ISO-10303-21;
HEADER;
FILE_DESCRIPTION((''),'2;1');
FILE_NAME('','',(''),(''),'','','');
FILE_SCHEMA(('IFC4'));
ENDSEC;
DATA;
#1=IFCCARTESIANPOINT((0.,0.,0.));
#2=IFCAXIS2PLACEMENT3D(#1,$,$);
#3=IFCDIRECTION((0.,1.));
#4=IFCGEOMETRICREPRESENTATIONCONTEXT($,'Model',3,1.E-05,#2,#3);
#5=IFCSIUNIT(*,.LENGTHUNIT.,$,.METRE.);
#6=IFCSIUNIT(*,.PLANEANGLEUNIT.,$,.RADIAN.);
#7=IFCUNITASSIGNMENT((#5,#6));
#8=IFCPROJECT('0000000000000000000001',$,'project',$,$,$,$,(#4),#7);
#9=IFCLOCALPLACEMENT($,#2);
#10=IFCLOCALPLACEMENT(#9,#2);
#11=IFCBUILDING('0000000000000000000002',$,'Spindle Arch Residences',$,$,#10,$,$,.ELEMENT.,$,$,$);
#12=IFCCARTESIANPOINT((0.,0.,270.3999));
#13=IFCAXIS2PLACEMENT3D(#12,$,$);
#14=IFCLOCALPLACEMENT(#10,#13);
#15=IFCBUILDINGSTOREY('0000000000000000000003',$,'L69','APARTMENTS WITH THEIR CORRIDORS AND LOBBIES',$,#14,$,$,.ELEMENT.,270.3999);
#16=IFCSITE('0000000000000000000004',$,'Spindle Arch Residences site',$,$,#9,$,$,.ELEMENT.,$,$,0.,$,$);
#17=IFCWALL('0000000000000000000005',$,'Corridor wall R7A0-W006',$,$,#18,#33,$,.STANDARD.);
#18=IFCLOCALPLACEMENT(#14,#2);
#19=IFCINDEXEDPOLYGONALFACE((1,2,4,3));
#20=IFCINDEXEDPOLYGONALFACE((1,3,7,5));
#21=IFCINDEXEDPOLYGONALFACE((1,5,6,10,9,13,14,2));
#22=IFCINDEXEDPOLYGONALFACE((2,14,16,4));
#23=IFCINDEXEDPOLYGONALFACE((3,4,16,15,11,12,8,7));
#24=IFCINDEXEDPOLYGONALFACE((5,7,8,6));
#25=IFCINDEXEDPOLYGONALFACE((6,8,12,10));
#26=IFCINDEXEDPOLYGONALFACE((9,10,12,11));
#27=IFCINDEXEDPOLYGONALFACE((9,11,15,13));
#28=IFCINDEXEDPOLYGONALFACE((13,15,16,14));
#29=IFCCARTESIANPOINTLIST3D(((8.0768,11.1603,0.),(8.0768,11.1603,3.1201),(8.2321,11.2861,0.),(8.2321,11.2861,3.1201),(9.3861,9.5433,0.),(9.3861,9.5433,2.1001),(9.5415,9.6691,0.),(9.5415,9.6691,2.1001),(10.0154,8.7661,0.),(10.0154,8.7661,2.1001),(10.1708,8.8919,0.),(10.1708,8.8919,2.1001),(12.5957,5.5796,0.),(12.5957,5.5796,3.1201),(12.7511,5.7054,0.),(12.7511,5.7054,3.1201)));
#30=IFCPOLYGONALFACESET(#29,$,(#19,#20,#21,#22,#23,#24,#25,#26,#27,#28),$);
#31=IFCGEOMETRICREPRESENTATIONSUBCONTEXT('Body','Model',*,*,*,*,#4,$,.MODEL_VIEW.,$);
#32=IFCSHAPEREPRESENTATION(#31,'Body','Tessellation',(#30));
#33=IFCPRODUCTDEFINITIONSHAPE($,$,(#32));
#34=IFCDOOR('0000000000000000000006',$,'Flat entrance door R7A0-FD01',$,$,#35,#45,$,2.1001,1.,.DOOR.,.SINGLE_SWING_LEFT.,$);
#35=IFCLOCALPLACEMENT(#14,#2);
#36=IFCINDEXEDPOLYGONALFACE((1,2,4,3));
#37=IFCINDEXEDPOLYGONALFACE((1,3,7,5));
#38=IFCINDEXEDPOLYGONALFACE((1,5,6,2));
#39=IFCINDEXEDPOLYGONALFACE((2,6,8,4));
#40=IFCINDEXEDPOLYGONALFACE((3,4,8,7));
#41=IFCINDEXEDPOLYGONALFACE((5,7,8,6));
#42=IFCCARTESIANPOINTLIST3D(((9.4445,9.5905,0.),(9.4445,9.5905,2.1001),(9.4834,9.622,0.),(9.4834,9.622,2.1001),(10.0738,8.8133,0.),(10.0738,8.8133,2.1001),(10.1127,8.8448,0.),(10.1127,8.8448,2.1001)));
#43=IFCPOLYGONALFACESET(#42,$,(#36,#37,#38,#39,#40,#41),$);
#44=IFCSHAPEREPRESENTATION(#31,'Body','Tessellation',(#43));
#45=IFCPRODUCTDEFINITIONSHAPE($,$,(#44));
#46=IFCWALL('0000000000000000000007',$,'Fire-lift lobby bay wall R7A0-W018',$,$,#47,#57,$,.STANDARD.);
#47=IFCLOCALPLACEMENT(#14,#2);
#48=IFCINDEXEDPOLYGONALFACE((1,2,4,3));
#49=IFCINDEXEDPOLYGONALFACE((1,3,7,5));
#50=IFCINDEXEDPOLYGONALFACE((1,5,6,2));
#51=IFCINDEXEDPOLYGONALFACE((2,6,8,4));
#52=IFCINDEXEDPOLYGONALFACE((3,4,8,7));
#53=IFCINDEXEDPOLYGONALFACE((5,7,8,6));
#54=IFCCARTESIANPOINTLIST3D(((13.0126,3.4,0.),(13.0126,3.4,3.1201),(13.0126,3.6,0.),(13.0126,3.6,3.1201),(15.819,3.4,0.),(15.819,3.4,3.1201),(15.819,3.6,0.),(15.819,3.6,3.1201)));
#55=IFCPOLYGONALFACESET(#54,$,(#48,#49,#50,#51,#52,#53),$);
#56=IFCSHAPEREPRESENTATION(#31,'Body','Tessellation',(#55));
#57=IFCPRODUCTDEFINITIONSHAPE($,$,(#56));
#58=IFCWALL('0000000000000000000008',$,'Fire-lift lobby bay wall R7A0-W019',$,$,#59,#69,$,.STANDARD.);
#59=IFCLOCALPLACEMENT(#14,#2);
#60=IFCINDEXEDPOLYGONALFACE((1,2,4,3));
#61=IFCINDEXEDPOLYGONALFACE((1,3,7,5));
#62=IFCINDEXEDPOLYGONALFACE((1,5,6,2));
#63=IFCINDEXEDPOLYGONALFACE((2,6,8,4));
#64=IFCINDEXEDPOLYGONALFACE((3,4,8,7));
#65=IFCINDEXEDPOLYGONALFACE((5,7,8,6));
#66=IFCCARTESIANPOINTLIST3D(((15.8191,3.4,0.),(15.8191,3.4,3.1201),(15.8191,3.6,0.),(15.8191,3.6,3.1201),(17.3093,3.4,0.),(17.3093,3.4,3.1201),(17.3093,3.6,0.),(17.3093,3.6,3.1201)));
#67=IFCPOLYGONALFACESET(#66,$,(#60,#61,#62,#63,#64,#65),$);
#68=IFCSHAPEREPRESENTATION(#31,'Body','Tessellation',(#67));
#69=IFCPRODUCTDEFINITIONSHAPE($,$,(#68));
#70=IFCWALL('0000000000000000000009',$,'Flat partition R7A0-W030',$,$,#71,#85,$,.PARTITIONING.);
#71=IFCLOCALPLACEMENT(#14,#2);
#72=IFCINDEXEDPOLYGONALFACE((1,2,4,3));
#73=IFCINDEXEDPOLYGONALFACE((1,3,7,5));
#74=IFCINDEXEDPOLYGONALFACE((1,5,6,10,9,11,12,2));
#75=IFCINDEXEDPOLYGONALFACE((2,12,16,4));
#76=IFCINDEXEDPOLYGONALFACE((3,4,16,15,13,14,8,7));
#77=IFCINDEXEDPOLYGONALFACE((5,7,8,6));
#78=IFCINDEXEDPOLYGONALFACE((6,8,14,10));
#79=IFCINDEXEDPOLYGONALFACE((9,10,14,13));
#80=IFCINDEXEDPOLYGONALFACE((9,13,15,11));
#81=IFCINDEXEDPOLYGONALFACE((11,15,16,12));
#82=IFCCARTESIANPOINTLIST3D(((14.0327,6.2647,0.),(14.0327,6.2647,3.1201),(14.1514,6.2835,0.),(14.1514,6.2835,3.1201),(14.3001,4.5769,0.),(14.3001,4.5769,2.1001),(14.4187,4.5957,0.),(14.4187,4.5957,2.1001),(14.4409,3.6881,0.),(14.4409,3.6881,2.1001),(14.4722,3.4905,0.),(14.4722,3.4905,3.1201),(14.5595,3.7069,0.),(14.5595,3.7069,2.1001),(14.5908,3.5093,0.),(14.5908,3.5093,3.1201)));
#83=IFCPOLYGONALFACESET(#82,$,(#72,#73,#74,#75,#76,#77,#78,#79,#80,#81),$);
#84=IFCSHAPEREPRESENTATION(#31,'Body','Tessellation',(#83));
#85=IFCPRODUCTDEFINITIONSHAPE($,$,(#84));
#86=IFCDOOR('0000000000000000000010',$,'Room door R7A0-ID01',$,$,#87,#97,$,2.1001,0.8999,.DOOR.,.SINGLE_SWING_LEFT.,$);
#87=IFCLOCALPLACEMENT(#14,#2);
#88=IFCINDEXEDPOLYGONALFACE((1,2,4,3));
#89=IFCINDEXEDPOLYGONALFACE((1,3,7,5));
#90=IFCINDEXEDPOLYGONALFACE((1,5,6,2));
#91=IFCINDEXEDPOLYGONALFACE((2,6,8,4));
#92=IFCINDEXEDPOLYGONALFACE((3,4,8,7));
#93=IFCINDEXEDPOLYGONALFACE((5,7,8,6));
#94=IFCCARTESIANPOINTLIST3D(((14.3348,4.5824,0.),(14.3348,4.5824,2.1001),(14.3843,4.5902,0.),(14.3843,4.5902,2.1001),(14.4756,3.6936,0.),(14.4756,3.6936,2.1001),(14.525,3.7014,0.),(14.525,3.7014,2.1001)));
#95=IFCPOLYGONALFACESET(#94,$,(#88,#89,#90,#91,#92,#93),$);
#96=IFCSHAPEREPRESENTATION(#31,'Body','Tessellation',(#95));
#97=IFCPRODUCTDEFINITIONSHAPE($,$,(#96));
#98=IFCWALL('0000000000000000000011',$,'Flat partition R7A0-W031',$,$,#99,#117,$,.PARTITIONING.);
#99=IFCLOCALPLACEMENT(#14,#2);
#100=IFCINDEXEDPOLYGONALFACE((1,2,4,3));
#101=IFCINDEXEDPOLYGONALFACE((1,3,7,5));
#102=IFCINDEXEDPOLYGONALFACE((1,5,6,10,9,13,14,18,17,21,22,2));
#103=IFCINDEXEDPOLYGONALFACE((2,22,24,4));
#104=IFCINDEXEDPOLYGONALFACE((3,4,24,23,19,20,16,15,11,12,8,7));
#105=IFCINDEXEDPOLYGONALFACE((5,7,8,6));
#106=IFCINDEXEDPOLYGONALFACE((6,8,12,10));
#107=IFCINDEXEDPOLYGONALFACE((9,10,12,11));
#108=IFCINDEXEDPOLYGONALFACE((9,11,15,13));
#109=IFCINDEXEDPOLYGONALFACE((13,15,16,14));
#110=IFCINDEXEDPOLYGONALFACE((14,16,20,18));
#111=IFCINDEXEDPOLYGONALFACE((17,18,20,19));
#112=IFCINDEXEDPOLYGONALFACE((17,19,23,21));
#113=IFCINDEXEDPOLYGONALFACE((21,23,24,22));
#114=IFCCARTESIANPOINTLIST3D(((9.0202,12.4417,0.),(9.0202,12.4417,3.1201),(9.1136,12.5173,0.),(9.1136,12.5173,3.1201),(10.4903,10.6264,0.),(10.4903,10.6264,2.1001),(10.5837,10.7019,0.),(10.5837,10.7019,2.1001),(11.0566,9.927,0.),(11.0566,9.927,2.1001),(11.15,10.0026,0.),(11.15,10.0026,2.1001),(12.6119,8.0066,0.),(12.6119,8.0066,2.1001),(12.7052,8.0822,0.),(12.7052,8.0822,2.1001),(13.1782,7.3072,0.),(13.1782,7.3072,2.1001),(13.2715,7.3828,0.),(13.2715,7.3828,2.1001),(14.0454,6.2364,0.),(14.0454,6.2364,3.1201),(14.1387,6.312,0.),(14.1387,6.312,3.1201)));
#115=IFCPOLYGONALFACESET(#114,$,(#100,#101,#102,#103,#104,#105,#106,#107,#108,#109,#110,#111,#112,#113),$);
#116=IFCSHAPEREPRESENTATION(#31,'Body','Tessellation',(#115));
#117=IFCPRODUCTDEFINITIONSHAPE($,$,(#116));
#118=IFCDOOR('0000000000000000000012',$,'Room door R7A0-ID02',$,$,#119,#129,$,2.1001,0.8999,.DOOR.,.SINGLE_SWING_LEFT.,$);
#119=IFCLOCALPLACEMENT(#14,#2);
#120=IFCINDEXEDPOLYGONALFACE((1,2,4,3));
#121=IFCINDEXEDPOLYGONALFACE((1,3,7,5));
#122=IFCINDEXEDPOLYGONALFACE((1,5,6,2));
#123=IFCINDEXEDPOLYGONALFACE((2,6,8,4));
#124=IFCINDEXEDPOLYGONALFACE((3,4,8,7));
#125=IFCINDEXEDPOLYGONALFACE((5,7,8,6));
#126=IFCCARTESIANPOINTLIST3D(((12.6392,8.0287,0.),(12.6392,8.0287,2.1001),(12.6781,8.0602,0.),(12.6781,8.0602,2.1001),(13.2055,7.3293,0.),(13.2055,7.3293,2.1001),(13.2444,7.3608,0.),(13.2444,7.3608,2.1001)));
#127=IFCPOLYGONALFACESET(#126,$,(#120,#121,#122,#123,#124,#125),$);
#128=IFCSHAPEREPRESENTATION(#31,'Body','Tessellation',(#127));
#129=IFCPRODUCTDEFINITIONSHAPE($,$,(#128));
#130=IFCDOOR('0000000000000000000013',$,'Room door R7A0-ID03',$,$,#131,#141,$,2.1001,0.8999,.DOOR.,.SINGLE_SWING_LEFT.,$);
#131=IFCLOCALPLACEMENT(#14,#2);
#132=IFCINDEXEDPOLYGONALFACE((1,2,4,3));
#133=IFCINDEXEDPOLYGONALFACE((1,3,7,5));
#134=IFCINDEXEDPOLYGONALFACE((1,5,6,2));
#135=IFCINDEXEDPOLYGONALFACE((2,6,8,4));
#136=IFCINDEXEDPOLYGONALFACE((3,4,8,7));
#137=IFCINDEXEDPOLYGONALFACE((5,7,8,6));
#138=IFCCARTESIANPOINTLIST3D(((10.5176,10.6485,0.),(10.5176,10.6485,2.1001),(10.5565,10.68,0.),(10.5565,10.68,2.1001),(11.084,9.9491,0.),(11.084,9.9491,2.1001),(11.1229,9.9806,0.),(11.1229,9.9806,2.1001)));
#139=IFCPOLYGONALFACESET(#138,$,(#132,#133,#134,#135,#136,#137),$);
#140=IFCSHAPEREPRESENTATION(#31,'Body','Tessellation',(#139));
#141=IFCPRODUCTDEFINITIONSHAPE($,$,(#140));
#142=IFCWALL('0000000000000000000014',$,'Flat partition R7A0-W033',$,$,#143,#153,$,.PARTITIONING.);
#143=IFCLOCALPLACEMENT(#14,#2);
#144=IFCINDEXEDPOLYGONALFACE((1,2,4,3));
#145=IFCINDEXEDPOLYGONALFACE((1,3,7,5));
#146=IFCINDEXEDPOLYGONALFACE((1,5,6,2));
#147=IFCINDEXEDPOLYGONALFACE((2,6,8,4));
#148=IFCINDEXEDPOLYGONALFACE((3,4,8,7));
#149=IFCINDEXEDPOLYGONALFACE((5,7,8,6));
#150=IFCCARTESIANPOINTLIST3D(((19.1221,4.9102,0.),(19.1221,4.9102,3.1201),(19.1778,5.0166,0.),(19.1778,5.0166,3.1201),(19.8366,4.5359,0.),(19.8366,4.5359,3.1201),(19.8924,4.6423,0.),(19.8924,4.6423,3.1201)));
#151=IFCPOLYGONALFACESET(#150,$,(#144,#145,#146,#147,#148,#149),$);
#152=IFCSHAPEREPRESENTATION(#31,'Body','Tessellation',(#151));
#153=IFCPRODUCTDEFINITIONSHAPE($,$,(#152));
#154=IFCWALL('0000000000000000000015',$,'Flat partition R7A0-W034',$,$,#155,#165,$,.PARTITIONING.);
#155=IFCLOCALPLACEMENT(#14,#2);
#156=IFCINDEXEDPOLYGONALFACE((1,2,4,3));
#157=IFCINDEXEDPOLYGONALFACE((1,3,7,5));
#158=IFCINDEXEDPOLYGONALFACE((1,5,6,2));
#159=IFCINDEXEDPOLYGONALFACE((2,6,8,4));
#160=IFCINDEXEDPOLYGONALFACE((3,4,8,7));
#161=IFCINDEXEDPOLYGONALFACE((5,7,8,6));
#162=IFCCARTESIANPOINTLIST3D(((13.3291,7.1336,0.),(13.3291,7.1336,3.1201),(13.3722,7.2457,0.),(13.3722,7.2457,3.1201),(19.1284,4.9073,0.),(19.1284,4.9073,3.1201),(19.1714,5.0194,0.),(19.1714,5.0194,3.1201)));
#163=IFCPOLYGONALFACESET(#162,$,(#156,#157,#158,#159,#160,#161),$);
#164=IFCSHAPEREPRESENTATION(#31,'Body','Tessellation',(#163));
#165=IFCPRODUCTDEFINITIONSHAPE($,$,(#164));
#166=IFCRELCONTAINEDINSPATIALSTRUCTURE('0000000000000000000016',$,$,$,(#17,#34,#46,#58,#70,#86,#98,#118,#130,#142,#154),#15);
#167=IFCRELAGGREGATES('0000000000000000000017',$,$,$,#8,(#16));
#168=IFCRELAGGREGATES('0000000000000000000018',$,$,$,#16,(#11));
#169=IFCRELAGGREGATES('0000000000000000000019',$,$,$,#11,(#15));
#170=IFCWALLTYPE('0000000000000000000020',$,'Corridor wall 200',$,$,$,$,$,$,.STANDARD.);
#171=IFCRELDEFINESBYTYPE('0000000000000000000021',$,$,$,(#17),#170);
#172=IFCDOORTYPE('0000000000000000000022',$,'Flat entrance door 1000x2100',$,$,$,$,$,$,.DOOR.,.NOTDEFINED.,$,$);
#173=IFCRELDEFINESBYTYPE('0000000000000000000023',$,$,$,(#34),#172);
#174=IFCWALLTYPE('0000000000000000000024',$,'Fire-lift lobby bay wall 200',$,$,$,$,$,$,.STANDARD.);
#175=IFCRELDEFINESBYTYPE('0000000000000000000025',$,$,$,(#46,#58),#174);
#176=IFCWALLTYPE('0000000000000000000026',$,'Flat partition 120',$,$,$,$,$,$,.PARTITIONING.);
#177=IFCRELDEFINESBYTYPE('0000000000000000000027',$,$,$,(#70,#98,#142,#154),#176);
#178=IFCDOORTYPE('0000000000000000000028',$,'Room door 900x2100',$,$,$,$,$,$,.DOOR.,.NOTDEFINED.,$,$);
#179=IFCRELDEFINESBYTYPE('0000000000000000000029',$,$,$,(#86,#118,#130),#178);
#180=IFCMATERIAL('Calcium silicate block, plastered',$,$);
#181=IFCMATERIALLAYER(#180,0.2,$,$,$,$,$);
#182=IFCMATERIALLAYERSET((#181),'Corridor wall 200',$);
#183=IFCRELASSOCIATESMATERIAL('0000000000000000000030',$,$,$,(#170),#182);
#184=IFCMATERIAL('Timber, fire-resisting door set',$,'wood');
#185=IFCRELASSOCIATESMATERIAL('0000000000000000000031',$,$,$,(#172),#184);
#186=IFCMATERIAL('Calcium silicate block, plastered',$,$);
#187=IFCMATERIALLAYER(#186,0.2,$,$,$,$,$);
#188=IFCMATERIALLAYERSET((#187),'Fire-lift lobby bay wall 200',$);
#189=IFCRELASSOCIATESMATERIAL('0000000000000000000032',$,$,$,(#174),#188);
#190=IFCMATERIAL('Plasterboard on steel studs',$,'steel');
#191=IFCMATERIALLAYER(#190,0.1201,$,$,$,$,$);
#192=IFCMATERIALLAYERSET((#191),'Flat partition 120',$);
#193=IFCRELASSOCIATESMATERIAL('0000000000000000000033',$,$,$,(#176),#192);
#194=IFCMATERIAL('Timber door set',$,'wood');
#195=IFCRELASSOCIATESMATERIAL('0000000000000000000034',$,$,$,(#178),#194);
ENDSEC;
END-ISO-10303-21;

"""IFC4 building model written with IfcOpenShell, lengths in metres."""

from ifc_helpers import new_model, si_unit, direction, frame, frame_2d, origin, place, context, subcontext, project, spatial, rectangle, extrude, material, layer, layer_set, type_object, element, fill, save


model = new_model("IFC4")

# Units and contexts
model_context = context("Model", 3, precision=1e-05, world=origin(), true_north=direction((0.0, 1.0)))
body_context = subcontext(model_context, "Body", "Model", "MODEL_VIEW")
ifc_project = project(units=[si_unit("LENGTHUNIT", "METRE"), si_unit("PLANEANGLEUNIT", "RADIAN")], contexts=[model_context])

# Site, building, storey
site_placement = place(None, origin())
site = spatial("IfcSite", under=ifc_project, at=site_placement, Name="Spindle Arch Residences site", CompositionType="ELEMENT", RefElevation=0.0)
building_placement = place(site_placement, origin())
building = spatial("IfcBuilding", under=site, at=building_placement, Name="Spindle Arch Residences", CompositionType="ELEMENT")
storey_placement = place(building_placement, frame((0.0, 0.0, 270.3999)))
storey = spatial("IfcBuildingStorey", under=building, at=storey_placement, Name="L69", Description="APARTMENTS WITH THEIR CORRIDORS AND LOBBIES", CompositionType="ELEMENT", Elevation=270.3999)

# Wall, opening, door
ifc_material_1 = material(Name="Calcium silicate block, plastered")
ifc_layer_1 = layer(ifc_material_1, 0.2)
ifc_layer_set_1 = layer_set([ifc_layer_1], Name="Corridor wall 200")
wall_type_1 = type_object("IfcWallType", Name="Corridor wall 200", PredefinedType="STANDARD", material=ifc_layer_set_1)
wall_1_placement = place(storey_placement, frame((12.6733, 5.6426, 0.0), z_axis=(0.0, 0.0, 1.0), x_axis=(-0.629303, 0.77716, 0.0)))
wall_1 = element("IfcWall", 1, at=wall_1_placement, inside=storey, type_object=wall_type_1, Name="Corridor wall R7A0-W006", PredefinedType="STANDARD", context=body_context, shape_type="SweptSolid", body=[
    extrude(rectangle(XDim=7.1809, YDim=0.2, at=frame_2d((3.5903, 0.0))), origin(), (0.0, 0.0, 1.0), 3.1201),
])
opening_1_placement = place(wall_1_placement, frame((4.1001, 0.0, 0.0)))
opening_1 = element("IfcOpeningElement", 2, at=opening_1_placement, cuts=wall_1, PredefinedType="OPENING", context=body_context, shape_type="SweptSolid", body=[
    extrude(rectangle(XDim=1.0, YDim=2.1001, at=frame_2d((0.5, 1.05))), frame((0.0, 0.1099, 0.0), z_axis=(0.0, -1.0, 0.0), x_axis=(1.0, 0.0, 0.0)), (0.0, 0.0, 1.0), 0.22),
])
ifc_material_2 = material(Name="Timber, fire-resisting door set", Category="wood")
door_type_1 = type_object("IfcDoorType", Name="Flat entrance door 1000x2100", OperationType="NOTDEFINED", PredefinedType="DOOR", material=ifc_material_2)
door_1_placement = place(opening_1_placement, origin())
door_1 = element("IfcDoor", 3, at=door_1_placement, inside=storey, type_object=door_type_1, Name="Flat entrance door R7A0-FD01", OperationType="SINGLE_SWING_LEFT", OverallHeight=2.1001, OverallWidth=1.0, PredefinedType="DOOR", context=body_context, shape_type="SweptSolid", body=[
    extrude(rectangle(XDim=1.0, YDim=2.1001, at=frame_2d((0.5, 1.05))), frame((0.0, 0.0249, 0.0), z_axis=(0.0, -1.0, 0.0), x_axis=(1.0, 0.0, 0.0)), (0.0, 0.0, 1.0), 0.05),
])
fill(opening_1, door_1)

# Walls
ifc_material_3 = material(Name="Calcium silicate block, plastered")
ifc_layer_2 = layer(ifc_material_3, 0.2)
ifc_layer_set_2 = layer_set([ifc_layer_2], Name="Fire-lift lobby bay wall 200")
wall_type_2 = type_object("IfcWallType", Name="Fire-lift lobby bay wall 200", PredefinedType="STANDARD", material=ifc_layer_set_2)
wall_2_placement = place(storey_placement, frame((15.8191, 3.5, 0.0), z_axis=(0.0, 0.0, 1.0), x_axis=(-1.0, 0.0, 0.0)))
element("IfcWall", 4, at=wall_2_placement, inside=storey, type_object=wall_type_2, Name="Fire-lift lobby bay wall R7A0-W018", PredefinedType="STANDARD", context=body_context, shape_type="SweptSolid", body=[
    extrude(rectangle(XDim=2.8064, YDim=0.2, at=frame_2d((1.4033, 0.0))), origin(), (0.0, 0.0, 1.0), 3.1201),
])
wall_3_placement = place(storey_placement, frame((17.3093, 3.5, 0.0), z_axis=(0.0, 0.0, 1.0), x_axis=(-1.0, 0.0, 0.0)))
element("IfcWall", 5, at=wall_3_placement, inside=storey, type_object=wall_type_2, Name="Fire-lift lobby bay wall R7A0-W019", PredefinedType="STANDARD", context=body_context, shape_type="SweptSolid", body=[
    extrude(rectangle(XDim=1.4902, YDim=0.2, at=frame_2d((0.7451, 0.0))), origin(), (0.0, 0.0, 1.0), 3.1201),
])

# Wall, opening, door
ifc_material_4 = material(Name="Plasterboard on steel studs", Category="steel")
ifc_layer_3 = layer(ifc_material_4, 0.1201)
ifc_layer_set_3 = layer_set([ifc_layer_3], Name="Flat partition 120")
wall_type_3 = type_object("IfcWallType", Name="Flat partition 120", PredefinedType="PARTITIONING", material=ifc_layer_set_3)
wall_4_placement = place(storey_placement, frame((14.5315, 3.5, 0.0), z_axis=(0.0, 0.0, 1.0), x_axis=(-0.156458, 0.987685, 0.0)))
wall_4 = element("IfcWall", 6, at=wall_4_placement, inside=storey, type_object=wall_type_3, Name="Flat partition R7A0-W030", PredefinedType="PARTITIONING", context=body_context, shape_type="SweptSolid", body=[
    extrude(rectangle(XDim=2.8088, YDim=0.1201, at=frame_2d((1.4043, 0.0))), origin(), (0.0, 0.0, 1.0), 3.1201),
])
opening_2_placement = place(wall_4_placement, frame((0.2, 0.0, 0.0)))
opening_2 = element("IfcOpeningElement", 7, at=opening_2_placement, cuts=wall_4, PredefinedType="OPENING", context=body_context, shape_type="SweptSolid", body=[
    extrude(rectangle(XDim=0.8999, YDim=2.1001, at=frame_2d((0.45, 1.05))), frame((0.0, 0.0701, 0.0), z_axis=(0.0, -1.0, 0.0), x_axis=(1.0, 0.0, 0.0)), (0.0, 0.0, 1.0), 0.1401),
])
ifc_material_5 = material(Name="Timber door set", Category="wood")
door_type_2 = type_object("IfcDoorType", Name="Room door 900x2100", OperationType="NOTDEFINED", PredefinedType="DOOR", material=ifc_material_5)
door_2_placement = place(opening_2_placement, origin())
door_2 = element("IfcDoor", 8, at=door_2_placement, inside=storey, type_object=door_type_2, Name="Room door R7A0-ID01", OperationType="SINGLE_SWING_LEFT", OverallHeight=2.1001, OverallWidth=0.8999, PredefinedType="DOOR", context=body_context, shape_type="SweptSolid", body=[
    extrude(rectangle(XDim=0.8999, YDim=2.1001, at=frame_2d((0.45, 1.05))), frame((0.0, 0.0249, 0.0), z_axis=(0.0, -1.0, 0.0), x_axis=(1.0, 0.0, 0.0)), (0.0, 0.0, 1.0), 0.05),
])
fill(opening_2, door_2)

# Wall, openings, doors
wall_5_placement = place(storey_placement, frame((14.092, 6.2742, 0.0), z_axis=(0.0, 0.0, 1.0), x_axis=(-0.629334, 0.777135, 0.0)))
wall_5 = element("IfcWall", 9, at=wall_5_placement, inside=storey, type_object=wall_type_3, Name="Flat partition R7A0-W031", PredefinedType="PARTITIONING", context=body_context, shape_type="SweptSolid", body=[
    extrude(rectangle(XDim=7.9849, YDim=0.1201, at=frame_2d((3.9924, 0.0))), origin(), (0.0, 0.0, 1.0), 3.1201),
])
opening_3_placement = place(wall_5_placement, frame((1.3779, 0.0, 0.0)))
opening_3 = element("IfcOpeningElement", 10, at=opening_3_placement, cuts=wall_5, PredefinedType="OPENING", context=body_context, shape_type="SweptSolid", body=[
    extrude(rectangle(XDim=0.8999, YDim=2.1001, at=frame_2d((0.45, 1.05))), frame((0.0, 0.0701, 0.0), z_axis=(0.0, -1.0, 0.0), x_axis=(1.0, 0.0, 0.0)), (0.0, 0.0, 1.0), 0.1401),
])
opening_4_placement = place(wall_5_placement, frame((4.749, 0.0, 0.0)))
opening_4 = element("IfcOpeningElement", 11, at=opening_4_placement, cuts=wall_5, PredefinedType="OPENING", context=body_context, shape_type="SweptSolid", body=[
    extrude(rectangle(XDim=0.8999, YDim=2.1001, at=frame_2d((0.45, 1.05))), frame((0.0, 0.0701, 0.0), z_axis=(0.0, -1.0, 0.0), x_axis=(1.0, 0.0, 0.0)), (0.0, 0.0, 1.0), 0.1401),
])
door_3_placement = place(opening_3_placement, origin())
door_3 = element("IfcDoor", 12, at=door_3_placement, inside=storey, type_object=door_type_2, Name="Room door R7A0-ID02", OperationType="SINGLE_SWING_LEFT", OverallHeight=2.1001, OverallWidth=0.8999, PredefinedType="DOOR", context=body_context, shape_type="SweptSolid", body=[
    extrude(rectangle(XDim=0.8999, YDim=2.1001, at=frame_2d((0.45, 1.05))), frame((0.0, 0.0249, 0.0), z_axis=(0.0, -1.0, 0.0), x_axis=(1.0, 0.0, 0.0)), (0.0, 0.0, 1.0), 0.05),
])
fill(opening_3, door_3)
door_4_placement = place(opening_4_placement, origin())
door_4 = element("IfcDoor", 13, at=door_4_placement, inside=storey, type_object=door_type_2, Name="Room door R7A0-ID03", OperationType="SINGLE_SWING_LEFT", OverallHeight=2.1001, OverallWidth=0.8999, PredefinedType="DOOR", context=body_context, shape_type="SweptSolid", body=[
    extrude(rectangle(XDim=0.8999, YDim=2.1001, at=frame_2d((0.45, 1.05))), frame((0.0, 0.0249, 0.0), z_axis=(0.0, -1.0, 0.0), x_axis=(1.0, 0.0, 0.0)), (0.0, 0.0, 1.0), 0.05),
])
fill(opening_4, door_4)

# Walls
wall_6_placement = place(storey_placement, frame((19.8645, 4.5891, 0.0), z_axis=(0.0, 0.0, 1.0), x_axis=(-0.885855, 0.463962, 0.0)))
element("IfcWall", 14, at=wall_6_placement, inside=storey, type_object=wall_type_3, Name="Flat partition R7A0-W033", PredefinedType="PARTITIONING", context=body_context, shape_type="SweptSolid", body=[
    extrude(rectangle(XDim=0.8066, YDim=0.1201, at=frame_2d((0.4033, 0.0))), origin(), (0.0, 0.0, 1.0), 3.1201),
])
wall_7_placement = place(storey_placement, frame((19.1499, 4.9634, 0.0), z_axis=(0.0, 0.0, 1.0), x_axis=(-0.933571, 0.358392, 0.0)))
element("IfcWall", 15, at=wall_7_placement, inside=storey, type_object=wall_type_3, Name="Flat partition R7A0-W034", PredefinedType="PARTITIONING", context=body_context, shape_type="SweptSolid", body=[
    extrude(rectangle(XDim=6.2119, YDim=0.1201, at=frame_2d((3.106, 0.0))), origin(), (0.0, 0.0, 1.0), 3.1201),
])

save(model, "model.ifc")
